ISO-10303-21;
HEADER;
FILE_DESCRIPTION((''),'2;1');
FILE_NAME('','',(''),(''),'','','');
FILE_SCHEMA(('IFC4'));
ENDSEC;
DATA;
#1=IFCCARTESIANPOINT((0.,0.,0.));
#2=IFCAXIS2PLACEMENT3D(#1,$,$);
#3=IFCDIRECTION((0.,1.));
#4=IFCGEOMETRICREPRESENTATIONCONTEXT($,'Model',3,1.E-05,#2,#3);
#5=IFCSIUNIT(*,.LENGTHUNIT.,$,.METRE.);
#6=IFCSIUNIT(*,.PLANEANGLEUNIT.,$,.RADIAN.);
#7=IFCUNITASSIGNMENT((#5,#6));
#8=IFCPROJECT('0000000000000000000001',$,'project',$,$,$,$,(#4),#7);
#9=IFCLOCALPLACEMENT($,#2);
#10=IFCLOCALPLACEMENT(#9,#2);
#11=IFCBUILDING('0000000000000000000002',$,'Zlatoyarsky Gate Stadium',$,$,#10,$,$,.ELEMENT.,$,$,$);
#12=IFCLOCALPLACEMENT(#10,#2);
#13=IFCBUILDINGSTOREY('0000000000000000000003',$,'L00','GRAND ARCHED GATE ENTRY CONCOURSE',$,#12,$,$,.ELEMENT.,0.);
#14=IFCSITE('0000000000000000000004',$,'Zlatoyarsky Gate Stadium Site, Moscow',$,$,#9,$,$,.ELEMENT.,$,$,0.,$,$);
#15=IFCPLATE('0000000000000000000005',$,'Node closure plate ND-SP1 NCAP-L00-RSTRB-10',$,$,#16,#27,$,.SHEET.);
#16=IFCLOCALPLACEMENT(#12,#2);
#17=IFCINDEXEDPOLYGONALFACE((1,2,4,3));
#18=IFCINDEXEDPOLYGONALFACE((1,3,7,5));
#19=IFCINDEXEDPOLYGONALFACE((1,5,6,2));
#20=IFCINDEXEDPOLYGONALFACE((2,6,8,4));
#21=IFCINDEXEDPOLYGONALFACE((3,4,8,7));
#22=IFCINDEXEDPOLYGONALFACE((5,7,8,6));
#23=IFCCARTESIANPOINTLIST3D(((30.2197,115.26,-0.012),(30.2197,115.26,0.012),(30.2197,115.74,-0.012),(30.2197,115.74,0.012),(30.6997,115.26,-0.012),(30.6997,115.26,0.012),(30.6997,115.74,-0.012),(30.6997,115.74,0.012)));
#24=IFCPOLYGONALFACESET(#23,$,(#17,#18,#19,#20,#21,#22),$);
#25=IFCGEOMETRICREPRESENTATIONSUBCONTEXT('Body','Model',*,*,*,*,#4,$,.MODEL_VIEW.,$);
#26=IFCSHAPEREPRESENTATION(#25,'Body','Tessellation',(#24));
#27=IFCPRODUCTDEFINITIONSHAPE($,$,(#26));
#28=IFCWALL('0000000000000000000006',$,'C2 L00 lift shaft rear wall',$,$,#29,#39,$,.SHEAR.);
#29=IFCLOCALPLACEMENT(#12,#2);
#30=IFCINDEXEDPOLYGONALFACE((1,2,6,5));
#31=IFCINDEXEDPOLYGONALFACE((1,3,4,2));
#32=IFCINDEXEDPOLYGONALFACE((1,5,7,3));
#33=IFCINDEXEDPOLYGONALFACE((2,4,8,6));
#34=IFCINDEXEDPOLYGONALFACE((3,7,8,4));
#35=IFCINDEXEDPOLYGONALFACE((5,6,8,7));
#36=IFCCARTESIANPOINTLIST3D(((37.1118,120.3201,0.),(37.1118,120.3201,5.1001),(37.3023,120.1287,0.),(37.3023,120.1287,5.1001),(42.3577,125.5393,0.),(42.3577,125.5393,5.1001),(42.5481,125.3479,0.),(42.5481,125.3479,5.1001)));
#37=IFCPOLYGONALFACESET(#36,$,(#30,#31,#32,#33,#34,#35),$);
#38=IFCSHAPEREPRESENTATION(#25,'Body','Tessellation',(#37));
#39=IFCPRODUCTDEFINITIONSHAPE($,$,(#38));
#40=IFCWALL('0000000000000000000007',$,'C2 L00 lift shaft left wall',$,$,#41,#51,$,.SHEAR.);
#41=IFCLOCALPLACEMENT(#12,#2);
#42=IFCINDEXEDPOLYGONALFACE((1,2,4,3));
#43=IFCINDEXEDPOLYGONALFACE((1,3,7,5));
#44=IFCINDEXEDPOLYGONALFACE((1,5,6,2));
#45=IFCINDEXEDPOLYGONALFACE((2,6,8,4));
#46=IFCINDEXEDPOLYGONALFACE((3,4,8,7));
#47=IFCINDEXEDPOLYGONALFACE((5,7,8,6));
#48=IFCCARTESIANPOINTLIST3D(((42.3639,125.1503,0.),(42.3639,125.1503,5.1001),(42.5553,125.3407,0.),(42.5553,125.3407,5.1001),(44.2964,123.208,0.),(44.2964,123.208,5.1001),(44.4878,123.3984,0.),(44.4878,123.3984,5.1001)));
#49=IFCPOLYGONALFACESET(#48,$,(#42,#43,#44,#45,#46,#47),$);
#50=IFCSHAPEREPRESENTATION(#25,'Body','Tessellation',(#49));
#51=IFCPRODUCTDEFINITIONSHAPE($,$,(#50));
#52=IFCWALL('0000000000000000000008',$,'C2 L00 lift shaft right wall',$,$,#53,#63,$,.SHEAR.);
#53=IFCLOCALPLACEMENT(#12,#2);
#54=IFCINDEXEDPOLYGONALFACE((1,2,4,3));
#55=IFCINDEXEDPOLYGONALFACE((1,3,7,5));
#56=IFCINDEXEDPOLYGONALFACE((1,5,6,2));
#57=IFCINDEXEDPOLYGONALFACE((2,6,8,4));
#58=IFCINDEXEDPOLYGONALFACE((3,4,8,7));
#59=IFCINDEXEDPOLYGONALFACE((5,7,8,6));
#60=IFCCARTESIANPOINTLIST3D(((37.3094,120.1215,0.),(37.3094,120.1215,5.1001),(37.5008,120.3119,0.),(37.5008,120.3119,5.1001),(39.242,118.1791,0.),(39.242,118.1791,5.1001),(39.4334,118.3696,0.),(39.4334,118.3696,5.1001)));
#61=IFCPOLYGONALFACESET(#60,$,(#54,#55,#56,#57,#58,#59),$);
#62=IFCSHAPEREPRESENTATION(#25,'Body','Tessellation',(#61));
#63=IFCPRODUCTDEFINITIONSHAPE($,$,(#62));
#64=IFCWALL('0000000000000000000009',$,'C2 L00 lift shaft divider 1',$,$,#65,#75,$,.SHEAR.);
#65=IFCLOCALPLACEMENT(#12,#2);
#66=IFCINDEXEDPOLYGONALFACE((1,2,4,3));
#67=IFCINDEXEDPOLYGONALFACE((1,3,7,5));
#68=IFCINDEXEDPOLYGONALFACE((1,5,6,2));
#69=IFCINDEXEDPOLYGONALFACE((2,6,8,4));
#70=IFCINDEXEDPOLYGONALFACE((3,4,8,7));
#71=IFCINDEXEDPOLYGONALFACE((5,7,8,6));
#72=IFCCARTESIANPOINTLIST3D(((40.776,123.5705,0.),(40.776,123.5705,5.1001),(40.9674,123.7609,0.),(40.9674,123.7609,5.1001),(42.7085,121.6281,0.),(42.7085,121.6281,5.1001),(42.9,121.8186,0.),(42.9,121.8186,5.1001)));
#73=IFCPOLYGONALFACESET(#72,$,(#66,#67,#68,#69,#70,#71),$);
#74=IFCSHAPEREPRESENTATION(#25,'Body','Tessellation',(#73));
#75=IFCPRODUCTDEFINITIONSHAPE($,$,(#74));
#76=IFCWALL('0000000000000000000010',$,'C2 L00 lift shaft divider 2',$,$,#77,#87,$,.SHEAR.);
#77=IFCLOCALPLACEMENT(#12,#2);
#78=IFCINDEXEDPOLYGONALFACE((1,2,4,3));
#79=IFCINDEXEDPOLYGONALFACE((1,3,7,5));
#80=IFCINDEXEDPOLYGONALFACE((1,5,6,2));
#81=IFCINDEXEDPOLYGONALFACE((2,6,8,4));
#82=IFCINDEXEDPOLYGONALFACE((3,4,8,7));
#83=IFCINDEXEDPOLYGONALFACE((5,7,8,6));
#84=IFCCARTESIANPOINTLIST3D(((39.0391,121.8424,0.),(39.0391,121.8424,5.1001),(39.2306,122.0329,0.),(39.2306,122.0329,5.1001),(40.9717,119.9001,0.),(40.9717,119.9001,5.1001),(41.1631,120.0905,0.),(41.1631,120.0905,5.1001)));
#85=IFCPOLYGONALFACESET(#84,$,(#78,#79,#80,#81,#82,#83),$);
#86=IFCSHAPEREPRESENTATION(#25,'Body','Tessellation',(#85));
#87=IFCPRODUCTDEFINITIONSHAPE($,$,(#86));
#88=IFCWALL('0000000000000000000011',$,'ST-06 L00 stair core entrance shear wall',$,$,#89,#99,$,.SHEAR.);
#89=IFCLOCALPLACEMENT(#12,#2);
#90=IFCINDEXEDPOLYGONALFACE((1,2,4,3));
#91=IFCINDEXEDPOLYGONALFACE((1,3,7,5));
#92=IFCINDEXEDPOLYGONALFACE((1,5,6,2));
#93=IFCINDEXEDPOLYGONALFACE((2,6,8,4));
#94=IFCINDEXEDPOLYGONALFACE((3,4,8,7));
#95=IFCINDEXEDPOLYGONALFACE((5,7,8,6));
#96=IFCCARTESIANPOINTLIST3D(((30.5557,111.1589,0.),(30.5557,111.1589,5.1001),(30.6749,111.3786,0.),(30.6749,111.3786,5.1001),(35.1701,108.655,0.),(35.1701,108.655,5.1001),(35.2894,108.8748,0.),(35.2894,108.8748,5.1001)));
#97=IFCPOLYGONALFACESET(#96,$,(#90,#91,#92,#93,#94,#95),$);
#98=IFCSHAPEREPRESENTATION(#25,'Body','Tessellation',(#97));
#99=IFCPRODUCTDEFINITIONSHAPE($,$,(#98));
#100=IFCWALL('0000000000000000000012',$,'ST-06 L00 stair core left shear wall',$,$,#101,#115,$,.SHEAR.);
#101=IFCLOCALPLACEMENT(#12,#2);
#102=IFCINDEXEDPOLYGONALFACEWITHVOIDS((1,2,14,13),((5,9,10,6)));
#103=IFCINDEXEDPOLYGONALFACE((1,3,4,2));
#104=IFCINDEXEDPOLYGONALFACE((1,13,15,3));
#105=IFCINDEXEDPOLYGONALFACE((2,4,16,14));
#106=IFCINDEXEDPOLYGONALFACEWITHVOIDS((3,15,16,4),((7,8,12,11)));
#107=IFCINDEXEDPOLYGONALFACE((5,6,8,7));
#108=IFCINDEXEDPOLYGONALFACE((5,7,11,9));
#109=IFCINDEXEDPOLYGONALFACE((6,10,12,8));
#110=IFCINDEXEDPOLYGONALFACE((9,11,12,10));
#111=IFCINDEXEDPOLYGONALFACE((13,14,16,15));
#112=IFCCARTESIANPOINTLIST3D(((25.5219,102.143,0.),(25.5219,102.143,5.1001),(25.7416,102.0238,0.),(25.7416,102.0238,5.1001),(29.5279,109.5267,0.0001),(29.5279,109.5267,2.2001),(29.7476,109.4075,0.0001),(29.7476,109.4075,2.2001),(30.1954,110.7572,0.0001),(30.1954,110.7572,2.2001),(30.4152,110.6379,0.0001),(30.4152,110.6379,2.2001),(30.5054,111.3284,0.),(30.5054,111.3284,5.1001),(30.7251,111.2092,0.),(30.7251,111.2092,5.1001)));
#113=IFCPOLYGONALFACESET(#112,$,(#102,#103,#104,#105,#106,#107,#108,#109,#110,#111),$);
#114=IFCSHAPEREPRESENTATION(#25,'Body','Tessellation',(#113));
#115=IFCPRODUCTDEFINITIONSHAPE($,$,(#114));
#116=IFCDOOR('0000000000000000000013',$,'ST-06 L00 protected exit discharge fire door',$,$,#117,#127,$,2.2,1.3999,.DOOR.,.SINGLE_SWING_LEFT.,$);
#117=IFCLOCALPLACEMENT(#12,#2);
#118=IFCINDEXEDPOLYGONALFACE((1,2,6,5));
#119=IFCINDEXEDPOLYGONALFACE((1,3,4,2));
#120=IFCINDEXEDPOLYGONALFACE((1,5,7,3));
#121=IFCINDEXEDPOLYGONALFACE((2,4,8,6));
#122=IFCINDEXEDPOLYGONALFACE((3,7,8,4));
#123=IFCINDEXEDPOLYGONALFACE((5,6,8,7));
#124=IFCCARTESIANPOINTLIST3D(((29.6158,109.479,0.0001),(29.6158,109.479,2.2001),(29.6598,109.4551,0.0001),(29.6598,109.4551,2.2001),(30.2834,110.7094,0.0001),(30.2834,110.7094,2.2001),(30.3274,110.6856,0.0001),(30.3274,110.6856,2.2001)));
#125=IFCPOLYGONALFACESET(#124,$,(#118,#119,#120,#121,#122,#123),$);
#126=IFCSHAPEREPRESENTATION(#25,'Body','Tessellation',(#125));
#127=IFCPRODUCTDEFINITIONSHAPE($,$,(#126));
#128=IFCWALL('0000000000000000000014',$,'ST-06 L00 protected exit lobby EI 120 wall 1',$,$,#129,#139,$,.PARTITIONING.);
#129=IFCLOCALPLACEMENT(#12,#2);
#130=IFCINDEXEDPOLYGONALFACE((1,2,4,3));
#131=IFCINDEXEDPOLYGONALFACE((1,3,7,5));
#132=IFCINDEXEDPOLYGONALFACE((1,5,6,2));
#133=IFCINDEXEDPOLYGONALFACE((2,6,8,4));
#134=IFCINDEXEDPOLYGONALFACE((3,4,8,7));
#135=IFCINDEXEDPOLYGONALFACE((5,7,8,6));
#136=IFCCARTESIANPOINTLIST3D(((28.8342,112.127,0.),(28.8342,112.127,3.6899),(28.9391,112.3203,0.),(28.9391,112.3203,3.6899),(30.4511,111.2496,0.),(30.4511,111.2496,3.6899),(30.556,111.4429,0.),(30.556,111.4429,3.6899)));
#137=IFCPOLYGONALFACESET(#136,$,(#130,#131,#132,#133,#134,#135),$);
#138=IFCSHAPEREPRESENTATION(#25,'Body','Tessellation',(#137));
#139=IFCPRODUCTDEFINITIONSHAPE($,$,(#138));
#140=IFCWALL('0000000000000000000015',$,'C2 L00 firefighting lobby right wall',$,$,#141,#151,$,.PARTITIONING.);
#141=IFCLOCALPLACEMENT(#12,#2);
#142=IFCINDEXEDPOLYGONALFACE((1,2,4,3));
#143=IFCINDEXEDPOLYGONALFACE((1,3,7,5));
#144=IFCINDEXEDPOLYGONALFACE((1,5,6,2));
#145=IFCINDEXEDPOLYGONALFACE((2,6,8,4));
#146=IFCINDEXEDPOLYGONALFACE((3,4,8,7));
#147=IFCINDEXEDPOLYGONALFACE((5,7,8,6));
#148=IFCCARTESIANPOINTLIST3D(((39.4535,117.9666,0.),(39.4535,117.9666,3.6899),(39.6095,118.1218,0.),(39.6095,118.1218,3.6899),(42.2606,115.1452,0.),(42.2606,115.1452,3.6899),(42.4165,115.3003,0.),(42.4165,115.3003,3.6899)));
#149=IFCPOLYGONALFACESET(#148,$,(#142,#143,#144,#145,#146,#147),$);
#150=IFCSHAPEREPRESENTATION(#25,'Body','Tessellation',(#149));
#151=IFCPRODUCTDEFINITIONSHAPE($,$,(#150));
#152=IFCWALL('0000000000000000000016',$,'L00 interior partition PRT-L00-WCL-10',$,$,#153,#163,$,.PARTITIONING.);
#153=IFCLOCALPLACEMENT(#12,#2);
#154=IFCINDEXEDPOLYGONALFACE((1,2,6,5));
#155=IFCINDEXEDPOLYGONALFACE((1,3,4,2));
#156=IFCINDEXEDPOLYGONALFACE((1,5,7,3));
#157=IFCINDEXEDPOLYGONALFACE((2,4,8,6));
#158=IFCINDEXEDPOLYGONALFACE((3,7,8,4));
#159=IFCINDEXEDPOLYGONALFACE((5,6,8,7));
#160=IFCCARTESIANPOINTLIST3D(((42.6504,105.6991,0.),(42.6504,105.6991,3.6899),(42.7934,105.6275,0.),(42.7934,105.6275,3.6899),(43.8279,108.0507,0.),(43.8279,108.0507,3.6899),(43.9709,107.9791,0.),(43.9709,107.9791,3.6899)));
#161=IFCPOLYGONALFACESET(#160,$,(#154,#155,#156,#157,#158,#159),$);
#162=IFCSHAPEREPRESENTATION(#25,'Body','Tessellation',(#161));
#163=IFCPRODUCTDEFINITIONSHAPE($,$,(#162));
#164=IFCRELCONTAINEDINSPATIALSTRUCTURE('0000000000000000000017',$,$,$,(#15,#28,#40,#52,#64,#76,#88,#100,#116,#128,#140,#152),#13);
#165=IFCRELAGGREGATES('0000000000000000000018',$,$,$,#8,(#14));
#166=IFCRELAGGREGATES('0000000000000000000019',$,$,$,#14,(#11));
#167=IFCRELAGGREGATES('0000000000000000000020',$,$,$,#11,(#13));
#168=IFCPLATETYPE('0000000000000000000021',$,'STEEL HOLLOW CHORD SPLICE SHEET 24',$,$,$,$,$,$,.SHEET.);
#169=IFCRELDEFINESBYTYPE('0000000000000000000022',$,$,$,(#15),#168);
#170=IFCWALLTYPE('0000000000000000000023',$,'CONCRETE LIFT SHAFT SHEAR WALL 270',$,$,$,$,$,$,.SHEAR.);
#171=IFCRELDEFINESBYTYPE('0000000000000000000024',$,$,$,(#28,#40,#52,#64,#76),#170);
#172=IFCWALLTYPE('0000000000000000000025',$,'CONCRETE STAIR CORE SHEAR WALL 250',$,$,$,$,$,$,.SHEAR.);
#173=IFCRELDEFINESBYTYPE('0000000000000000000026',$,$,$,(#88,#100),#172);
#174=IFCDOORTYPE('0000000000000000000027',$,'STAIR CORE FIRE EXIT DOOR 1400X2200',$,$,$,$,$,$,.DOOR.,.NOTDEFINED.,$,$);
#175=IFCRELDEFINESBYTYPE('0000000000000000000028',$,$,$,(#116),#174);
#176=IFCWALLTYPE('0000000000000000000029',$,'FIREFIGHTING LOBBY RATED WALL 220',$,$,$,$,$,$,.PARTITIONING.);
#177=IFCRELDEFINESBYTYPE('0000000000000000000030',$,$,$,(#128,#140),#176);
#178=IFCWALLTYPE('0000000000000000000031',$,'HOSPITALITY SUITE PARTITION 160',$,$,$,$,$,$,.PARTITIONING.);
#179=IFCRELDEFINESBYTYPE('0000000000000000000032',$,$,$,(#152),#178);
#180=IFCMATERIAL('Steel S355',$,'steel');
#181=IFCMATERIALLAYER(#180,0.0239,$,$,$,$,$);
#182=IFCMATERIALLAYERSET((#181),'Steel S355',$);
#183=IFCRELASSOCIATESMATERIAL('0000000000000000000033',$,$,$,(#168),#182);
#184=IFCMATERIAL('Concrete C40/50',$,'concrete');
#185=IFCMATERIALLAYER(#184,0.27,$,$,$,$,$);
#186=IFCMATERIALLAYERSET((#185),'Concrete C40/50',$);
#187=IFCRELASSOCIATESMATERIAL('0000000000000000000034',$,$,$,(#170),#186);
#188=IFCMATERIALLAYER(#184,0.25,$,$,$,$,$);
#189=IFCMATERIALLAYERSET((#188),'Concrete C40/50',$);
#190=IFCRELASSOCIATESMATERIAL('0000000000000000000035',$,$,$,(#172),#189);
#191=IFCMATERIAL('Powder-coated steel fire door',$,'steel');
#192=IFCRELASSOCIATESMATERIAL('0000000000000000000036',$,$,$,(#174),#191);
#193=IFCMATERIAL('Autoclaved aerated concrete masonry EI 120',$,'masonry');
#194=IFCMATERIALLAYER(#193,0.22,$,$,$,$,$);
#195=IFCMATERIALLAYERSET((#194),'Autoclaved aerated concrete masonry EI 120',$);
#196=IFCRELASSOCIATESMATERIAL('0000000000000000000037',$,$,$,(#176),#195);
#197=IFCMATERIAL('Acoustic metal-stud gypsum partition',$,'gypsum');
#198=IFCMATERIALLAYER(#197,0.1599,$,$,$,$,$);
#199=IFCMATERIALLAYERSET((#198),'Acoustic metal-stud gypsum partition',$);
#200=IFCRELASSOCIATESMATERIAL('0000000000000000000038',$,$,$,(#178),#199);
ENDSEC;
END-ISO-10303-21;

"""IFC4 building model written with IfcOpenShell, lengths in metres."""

from ifc_helpers import new_model, si_unit, direction, frame, frame_2d, origin, origin_2d, place, context, subcontext, project, spatial, rectangle, extrude, material, layer, layer_set, type_object, element, fill, save


model = new_model("IFC4")

# Units and contexts
model_context = context("Model", 3, precision=1e-05, world=origin(), true_north=direction((0.0, 1.0)))
body_context = subcontext(model_context, "Body", "Model", "MODEL_VIEW")
ifc_project = project(units=[si_unit("LENGTHUNIT", "METRE"), si_unit("PLANEANGLEUNIT", "RADIAN")], contexts=[model_context])

# Site, building, storey
site_placement = place(None, origin())
site = spatial("IfcSite", under=ifc_project, at=site_placement, Name="Zlatoyarsky Gate Stadium Site, Moscow", CompositionType="ELEMENT", RefElevation=0.0)
building_placement = place(site_placement, origin())
building = spatial("IfcBuilding", under=site, at=building_placement, Name="Zlatoyarsky Gate Stadium", CompositionType="ELEMENT")
storey_placement = place(building_placement, origin())
storey = spatial("IfcBuildingStorey", under=building, at=storey_placement, Name="L00", Description="GRAND ARCHED GATE ENTRY CONCOURSE", CompositionType="ELEMENT", Elevation=0.0)

# Shared definitions
ifc_material_1 = material(Name="Concrete C40/50", Category="concrete")

# Shared definitions
ifc_material_2 = material(Name="Steel S355", Category="steel")

# Plate
ifc_layer_1 = layer(ifc_material_2, 0.0239)
ifc_layer_set_1 = layer_set([ifc_layer_1], Name="Steel S355")
plate_type = type_object("IfcPlateType", Name="STEEL HOLLOW CHORD SPLICE SHEET 24", PredefinedType="SHEET", material=ifc_layer_set_1)
plate_placement = place(storey_placement, frame((30.4597, 115.5, -0.012), z_axis=(0.0, 0.0, 1.0), x_axis=(1.0, 0.0, 0.0)))
element("IfcPlate", 1, at=plate_placement, inside=storey, type_object=plate_type, Name="Node closure plate ND-SP1 NCAP-L00-RSTRB-10", PredefinedType="SHEET", context=body_context, shape_type="SweptSolid", body=[
    extrude(rectangle(XDim=0.48, YDim=0.48, at=origin_2d()), origin(), (0.0, 0.0, 1.0), 0.0239),
])

# Walls
ifc_layer_2 = layer(ifc_material_1, 0.27)
ifc_layer_set_2 = layer_set([ifc_layer_2], Name="Concrete C40/50")
wall_type_1 = type_object("IfcWallType", Name="CONCRETE LIFT SHAFT SHEAR WALL 270", PredefinedType="SHEAR", material=ifc_layer_set_2)
wall_1_placement = place(storey_placement, frame((42.4529, 125.4436, 0.0), z_axis=(0.0, 0.0, 1.0), x_axis=(-0.708903, -0.705306, 0.0)))
element("IfcWall", 2, at=wall_1_placement, inside=storey, type_object=wall_type_1, Name="C2 L00 lift shaft rear wall", PredefinedType="SHEAR", context=body_context, shape_type="SweptSolid", body=[
    extrude(rectangle(XDim=7.3999, YDim=0.27, at=frame_2d((3.7, 0.0))), origin(), (0.0, 0.0, 1.0), 5.1001),
])
for number, where, z_axis, x_axis, name in (
    (3, (42.4595, 125.2456, 0.0), (0.0, 0.0, 1.0), (0.705323, -0.708887, 0.0), "C2 L00 lift shaft left wall"),
    (4, (37.405, 120.2168, 0.0), (0.0, 0.0, 1.0), (0.705323, -0.708887, 0.0), "C2 L00 lift shaft right wall"),
    (5, (40.8716, 123.6658, 0.0), (0.0, 0.0, 1.0), (0.705323, -0.708887, 0.0), "C2 L00 lift shaft divider 1"),
    (6, (39.1348, 121.9377, 0.0), (0.0, 0.0, 1.0), (0.705323, -0.708887, 0.0), "C2 L00 lift shaft divider 2"),
):
    element("IfcWall", number, at=place(storey_placement, frame(where, z_axis=z_axis, x_axis=x_axis)), inside=storey, type_object=wall_type_1, Name=name, PredefinedType="SHEAR", context=body_context, shape_type="SweptSolid", body=[
        extrude(rectangle(XDim=2.74, YDim=0.27, at=frame_2d((1.3701, 0.0))), origin(), (0.0, 0.0, 1.0), 5.1001),
    ])
ifc_layer_3 = layer(ifc_material_1, 0.25)
ifc_layer_set_3 = layer_set([ifc_layer_3], Name="Concrete C40/50")
wall_type_2 = type_object("IfcWallType", Name="CONCRETE STAIR CORE SHEAR WALL 250", PredefinedType="SHEAR", material=ifc_layer_set_3)
wall_2_placement = place(storey_placement, frame((35.2297, 108.7649, 0.0), z_axis=(0.0, 0.0, 1.0), x_axis=(-0.878942, 0.476929, 0.0)))
element("IfcWall", 7, at=wall_2_placement, inside=storey, type_object=wall_type_2, Name="ST-06 L00 stair core entrance shear wall", PredefinedType="SHEAR", context=body_context, shape_type="SweptSolid", body=[
    extrude(rectangle(XDim=5.25, YDim=0.25, at=frame_2d((2.625, 0.0))), origin(), (0.0, 0.0, 1.0), 5.1001),
])

# Wall, opening, door
wall_3_placement = place(storey_placement, frame((30.6152, 111.2688, 0.0), z_axis=(0.0, 0.0, 1.0), x_axis=(-0.476877, -0.87897, 0.0)))
wall_3 = element("IfcWall", 8, at=wall_3_placement, inside=storey, type_object=wall_type_2, Name="ST-06 L00 stair core left shear wall", PredefinedType="SHEAR", context=body_context, shape_type="SweptSolid", body=[
    extrude(rectangle(XDim=10.4502, YDim=0.25, at=frame_2d((5.2251, 0.0))), origin(), (0.0, 0.0, 1.0), 5.1001),
])
opening_placement = place(wall_3_placement, frame((0.6499, 0.0, 0.0)))
opening = element("IfcOpeningElement", 9, at=opening_placement, cuts=wall_3, PredefinedType="OPENING", context=body_context, shape_type="SweptSolid", body=[
    extrude(rectangle(XDim=1.3999, YDim=2.2, at=frame_2d((0.7, 1.1001))), frame((0.0, 0.135, 0.0), z_axis=(0.0, -1.0, 0.0), x_axis=(1.0, 0.0, 0.0)), (0.0, 0.0, 1.0), 0.27),
])
ifc_material_3 = material(Name="Powder-coated steel fire door", Category="steel")
door_type = type_object("IfcDoorType", Name="STAIR CORE FIRE EXIT DOOR 1400X2200", OperationType="NOTDEFINED", PredefinedType="DOOR", material=ifc_material_3)
door_placement = place(opening_placement, frame((1.3999, 0.0, 0.0), z_axis=(0.0, 0.0, 1.0), x_axis=(-1.0, 0.0, 0.0)))
door = element("IfcDoor", 10, at=door_placement, inside=storey, type_object=door_type, Name="ST-06 L00 protected exit discharge fire door", OperationType="SINGLE_SWING_LEFT", OverallHeight=2.2, OverallWidth=1.3999, PredefinedType="DOOR", context=body_context, shape_type="SweptSolid", body=[
    extrude(rectangle(XDim=1.3999, YDim=2.2, at=frame_2d((0.7, 1.1001))), frame((0.0, 0.0249, 0.0), z_axis=(0.0, -1.0, 0.0), x_axis=(1.0, 0.0, 0.0)), (0.0, 0.0, 1.0), 0.05),
])
fill(opening, door)

# Walls
ifc_material_4 = material(Name="Autoclaved aerated concrete masonry EI 120", Category="masonry")
ifc_layer_4 = layer(ifc_material_4, 0.22)
ifc_layer_set_4 = layer_set([ifc_layer_4], Name="Autoclaved aerated concrete masonry EI 120")
wall_type_3 = type_object("IfcWallType", Name="FIREFIGHTING LOBBY RATED WALL 220", PredefinedType="PARTITIONING", material=ifc_layer_set_4)
wall_4_placement = place(storey_placement, frame((30.5037, 111.3462, 0.0), z_axis=(0.0, 0.0, 1.0), x_axis=(-0.878928, 0.476954, 0.0)))
element("IfcWall", 11, at=wall_4_placement, inside=storey, type_object=wall_type_3, Name="ST-06 L00 protected exit lobby EI 120 wall 1", PredefinedType="PARTITIONING", context=body_context, shape_type="SweptSolid", body=[
    extrude(rectangle(XDim=1.8396, YDim=0.22, at=frame_2d((0.9199, 0.0))), origin(), (0.0, 0.0, 1.0), 3.6899),
])
wall_5_placement = place(storey_placement, frame((39.5315, 118.0442, 0.0), z_axis=(0.0, 0.0, 1.0), x_axis=(0.705295, -0.708914, 0.0)))
element("IfcWall", 12, at=wall_5_placement, inside=storey, type_object=wall_type_3, Name="C2 L00 firefighting lobby right wall", PredefinedType="PARTITIONING", context=body_context, shape_type="SweptSolid", body=[
    extrude(rectangle(XDim=3.98, YDim=0.22, at=frame_2d((1.99, 0.0))), origin(), (0.0, 0.0, 1.0), 3.6899),
])
ifc_material_5 = material(Name="Acoustic metal-stud gypsum partition", Category="gypsum")
ifc_layer_5 = layer(ifc_material_5, 0.1599)
ifc_layer_set_5 = layer_set([ifc_layer_5], Name="Acoustic metal-stud gypsum partition")
wall_type_4 = type_object("IfcWallType", Name="HOSPITALITY SUITE PARTITION 160", PredefinedType="PARTITIONING", material=ifc_layer_set_5)
wall_6_placement = place(storey_placement, frame((43.8994, 108.0149, 0.0), z_axis=(0.0, 0.0, 1.0), x_axis=(-0.447733, -0.894167, 0.0)))
element("IfcWall", 13, at=wall_6_placement, inside=storey, type_object=wall_type_4, Name="L00 interior partition PRT-L00-WCL-10", PredefinedType="PARTITIONING", context=body_context, shape_type="SweptSolid", body=[
    extrude(rectangle(XDim=2.6299, YDim=0.1599, at=frame_2d((1.3149, 0.0))), origin(), (0.0, 0.0, 1.0), 3.6899),
])

save(model, "model.ifc")
